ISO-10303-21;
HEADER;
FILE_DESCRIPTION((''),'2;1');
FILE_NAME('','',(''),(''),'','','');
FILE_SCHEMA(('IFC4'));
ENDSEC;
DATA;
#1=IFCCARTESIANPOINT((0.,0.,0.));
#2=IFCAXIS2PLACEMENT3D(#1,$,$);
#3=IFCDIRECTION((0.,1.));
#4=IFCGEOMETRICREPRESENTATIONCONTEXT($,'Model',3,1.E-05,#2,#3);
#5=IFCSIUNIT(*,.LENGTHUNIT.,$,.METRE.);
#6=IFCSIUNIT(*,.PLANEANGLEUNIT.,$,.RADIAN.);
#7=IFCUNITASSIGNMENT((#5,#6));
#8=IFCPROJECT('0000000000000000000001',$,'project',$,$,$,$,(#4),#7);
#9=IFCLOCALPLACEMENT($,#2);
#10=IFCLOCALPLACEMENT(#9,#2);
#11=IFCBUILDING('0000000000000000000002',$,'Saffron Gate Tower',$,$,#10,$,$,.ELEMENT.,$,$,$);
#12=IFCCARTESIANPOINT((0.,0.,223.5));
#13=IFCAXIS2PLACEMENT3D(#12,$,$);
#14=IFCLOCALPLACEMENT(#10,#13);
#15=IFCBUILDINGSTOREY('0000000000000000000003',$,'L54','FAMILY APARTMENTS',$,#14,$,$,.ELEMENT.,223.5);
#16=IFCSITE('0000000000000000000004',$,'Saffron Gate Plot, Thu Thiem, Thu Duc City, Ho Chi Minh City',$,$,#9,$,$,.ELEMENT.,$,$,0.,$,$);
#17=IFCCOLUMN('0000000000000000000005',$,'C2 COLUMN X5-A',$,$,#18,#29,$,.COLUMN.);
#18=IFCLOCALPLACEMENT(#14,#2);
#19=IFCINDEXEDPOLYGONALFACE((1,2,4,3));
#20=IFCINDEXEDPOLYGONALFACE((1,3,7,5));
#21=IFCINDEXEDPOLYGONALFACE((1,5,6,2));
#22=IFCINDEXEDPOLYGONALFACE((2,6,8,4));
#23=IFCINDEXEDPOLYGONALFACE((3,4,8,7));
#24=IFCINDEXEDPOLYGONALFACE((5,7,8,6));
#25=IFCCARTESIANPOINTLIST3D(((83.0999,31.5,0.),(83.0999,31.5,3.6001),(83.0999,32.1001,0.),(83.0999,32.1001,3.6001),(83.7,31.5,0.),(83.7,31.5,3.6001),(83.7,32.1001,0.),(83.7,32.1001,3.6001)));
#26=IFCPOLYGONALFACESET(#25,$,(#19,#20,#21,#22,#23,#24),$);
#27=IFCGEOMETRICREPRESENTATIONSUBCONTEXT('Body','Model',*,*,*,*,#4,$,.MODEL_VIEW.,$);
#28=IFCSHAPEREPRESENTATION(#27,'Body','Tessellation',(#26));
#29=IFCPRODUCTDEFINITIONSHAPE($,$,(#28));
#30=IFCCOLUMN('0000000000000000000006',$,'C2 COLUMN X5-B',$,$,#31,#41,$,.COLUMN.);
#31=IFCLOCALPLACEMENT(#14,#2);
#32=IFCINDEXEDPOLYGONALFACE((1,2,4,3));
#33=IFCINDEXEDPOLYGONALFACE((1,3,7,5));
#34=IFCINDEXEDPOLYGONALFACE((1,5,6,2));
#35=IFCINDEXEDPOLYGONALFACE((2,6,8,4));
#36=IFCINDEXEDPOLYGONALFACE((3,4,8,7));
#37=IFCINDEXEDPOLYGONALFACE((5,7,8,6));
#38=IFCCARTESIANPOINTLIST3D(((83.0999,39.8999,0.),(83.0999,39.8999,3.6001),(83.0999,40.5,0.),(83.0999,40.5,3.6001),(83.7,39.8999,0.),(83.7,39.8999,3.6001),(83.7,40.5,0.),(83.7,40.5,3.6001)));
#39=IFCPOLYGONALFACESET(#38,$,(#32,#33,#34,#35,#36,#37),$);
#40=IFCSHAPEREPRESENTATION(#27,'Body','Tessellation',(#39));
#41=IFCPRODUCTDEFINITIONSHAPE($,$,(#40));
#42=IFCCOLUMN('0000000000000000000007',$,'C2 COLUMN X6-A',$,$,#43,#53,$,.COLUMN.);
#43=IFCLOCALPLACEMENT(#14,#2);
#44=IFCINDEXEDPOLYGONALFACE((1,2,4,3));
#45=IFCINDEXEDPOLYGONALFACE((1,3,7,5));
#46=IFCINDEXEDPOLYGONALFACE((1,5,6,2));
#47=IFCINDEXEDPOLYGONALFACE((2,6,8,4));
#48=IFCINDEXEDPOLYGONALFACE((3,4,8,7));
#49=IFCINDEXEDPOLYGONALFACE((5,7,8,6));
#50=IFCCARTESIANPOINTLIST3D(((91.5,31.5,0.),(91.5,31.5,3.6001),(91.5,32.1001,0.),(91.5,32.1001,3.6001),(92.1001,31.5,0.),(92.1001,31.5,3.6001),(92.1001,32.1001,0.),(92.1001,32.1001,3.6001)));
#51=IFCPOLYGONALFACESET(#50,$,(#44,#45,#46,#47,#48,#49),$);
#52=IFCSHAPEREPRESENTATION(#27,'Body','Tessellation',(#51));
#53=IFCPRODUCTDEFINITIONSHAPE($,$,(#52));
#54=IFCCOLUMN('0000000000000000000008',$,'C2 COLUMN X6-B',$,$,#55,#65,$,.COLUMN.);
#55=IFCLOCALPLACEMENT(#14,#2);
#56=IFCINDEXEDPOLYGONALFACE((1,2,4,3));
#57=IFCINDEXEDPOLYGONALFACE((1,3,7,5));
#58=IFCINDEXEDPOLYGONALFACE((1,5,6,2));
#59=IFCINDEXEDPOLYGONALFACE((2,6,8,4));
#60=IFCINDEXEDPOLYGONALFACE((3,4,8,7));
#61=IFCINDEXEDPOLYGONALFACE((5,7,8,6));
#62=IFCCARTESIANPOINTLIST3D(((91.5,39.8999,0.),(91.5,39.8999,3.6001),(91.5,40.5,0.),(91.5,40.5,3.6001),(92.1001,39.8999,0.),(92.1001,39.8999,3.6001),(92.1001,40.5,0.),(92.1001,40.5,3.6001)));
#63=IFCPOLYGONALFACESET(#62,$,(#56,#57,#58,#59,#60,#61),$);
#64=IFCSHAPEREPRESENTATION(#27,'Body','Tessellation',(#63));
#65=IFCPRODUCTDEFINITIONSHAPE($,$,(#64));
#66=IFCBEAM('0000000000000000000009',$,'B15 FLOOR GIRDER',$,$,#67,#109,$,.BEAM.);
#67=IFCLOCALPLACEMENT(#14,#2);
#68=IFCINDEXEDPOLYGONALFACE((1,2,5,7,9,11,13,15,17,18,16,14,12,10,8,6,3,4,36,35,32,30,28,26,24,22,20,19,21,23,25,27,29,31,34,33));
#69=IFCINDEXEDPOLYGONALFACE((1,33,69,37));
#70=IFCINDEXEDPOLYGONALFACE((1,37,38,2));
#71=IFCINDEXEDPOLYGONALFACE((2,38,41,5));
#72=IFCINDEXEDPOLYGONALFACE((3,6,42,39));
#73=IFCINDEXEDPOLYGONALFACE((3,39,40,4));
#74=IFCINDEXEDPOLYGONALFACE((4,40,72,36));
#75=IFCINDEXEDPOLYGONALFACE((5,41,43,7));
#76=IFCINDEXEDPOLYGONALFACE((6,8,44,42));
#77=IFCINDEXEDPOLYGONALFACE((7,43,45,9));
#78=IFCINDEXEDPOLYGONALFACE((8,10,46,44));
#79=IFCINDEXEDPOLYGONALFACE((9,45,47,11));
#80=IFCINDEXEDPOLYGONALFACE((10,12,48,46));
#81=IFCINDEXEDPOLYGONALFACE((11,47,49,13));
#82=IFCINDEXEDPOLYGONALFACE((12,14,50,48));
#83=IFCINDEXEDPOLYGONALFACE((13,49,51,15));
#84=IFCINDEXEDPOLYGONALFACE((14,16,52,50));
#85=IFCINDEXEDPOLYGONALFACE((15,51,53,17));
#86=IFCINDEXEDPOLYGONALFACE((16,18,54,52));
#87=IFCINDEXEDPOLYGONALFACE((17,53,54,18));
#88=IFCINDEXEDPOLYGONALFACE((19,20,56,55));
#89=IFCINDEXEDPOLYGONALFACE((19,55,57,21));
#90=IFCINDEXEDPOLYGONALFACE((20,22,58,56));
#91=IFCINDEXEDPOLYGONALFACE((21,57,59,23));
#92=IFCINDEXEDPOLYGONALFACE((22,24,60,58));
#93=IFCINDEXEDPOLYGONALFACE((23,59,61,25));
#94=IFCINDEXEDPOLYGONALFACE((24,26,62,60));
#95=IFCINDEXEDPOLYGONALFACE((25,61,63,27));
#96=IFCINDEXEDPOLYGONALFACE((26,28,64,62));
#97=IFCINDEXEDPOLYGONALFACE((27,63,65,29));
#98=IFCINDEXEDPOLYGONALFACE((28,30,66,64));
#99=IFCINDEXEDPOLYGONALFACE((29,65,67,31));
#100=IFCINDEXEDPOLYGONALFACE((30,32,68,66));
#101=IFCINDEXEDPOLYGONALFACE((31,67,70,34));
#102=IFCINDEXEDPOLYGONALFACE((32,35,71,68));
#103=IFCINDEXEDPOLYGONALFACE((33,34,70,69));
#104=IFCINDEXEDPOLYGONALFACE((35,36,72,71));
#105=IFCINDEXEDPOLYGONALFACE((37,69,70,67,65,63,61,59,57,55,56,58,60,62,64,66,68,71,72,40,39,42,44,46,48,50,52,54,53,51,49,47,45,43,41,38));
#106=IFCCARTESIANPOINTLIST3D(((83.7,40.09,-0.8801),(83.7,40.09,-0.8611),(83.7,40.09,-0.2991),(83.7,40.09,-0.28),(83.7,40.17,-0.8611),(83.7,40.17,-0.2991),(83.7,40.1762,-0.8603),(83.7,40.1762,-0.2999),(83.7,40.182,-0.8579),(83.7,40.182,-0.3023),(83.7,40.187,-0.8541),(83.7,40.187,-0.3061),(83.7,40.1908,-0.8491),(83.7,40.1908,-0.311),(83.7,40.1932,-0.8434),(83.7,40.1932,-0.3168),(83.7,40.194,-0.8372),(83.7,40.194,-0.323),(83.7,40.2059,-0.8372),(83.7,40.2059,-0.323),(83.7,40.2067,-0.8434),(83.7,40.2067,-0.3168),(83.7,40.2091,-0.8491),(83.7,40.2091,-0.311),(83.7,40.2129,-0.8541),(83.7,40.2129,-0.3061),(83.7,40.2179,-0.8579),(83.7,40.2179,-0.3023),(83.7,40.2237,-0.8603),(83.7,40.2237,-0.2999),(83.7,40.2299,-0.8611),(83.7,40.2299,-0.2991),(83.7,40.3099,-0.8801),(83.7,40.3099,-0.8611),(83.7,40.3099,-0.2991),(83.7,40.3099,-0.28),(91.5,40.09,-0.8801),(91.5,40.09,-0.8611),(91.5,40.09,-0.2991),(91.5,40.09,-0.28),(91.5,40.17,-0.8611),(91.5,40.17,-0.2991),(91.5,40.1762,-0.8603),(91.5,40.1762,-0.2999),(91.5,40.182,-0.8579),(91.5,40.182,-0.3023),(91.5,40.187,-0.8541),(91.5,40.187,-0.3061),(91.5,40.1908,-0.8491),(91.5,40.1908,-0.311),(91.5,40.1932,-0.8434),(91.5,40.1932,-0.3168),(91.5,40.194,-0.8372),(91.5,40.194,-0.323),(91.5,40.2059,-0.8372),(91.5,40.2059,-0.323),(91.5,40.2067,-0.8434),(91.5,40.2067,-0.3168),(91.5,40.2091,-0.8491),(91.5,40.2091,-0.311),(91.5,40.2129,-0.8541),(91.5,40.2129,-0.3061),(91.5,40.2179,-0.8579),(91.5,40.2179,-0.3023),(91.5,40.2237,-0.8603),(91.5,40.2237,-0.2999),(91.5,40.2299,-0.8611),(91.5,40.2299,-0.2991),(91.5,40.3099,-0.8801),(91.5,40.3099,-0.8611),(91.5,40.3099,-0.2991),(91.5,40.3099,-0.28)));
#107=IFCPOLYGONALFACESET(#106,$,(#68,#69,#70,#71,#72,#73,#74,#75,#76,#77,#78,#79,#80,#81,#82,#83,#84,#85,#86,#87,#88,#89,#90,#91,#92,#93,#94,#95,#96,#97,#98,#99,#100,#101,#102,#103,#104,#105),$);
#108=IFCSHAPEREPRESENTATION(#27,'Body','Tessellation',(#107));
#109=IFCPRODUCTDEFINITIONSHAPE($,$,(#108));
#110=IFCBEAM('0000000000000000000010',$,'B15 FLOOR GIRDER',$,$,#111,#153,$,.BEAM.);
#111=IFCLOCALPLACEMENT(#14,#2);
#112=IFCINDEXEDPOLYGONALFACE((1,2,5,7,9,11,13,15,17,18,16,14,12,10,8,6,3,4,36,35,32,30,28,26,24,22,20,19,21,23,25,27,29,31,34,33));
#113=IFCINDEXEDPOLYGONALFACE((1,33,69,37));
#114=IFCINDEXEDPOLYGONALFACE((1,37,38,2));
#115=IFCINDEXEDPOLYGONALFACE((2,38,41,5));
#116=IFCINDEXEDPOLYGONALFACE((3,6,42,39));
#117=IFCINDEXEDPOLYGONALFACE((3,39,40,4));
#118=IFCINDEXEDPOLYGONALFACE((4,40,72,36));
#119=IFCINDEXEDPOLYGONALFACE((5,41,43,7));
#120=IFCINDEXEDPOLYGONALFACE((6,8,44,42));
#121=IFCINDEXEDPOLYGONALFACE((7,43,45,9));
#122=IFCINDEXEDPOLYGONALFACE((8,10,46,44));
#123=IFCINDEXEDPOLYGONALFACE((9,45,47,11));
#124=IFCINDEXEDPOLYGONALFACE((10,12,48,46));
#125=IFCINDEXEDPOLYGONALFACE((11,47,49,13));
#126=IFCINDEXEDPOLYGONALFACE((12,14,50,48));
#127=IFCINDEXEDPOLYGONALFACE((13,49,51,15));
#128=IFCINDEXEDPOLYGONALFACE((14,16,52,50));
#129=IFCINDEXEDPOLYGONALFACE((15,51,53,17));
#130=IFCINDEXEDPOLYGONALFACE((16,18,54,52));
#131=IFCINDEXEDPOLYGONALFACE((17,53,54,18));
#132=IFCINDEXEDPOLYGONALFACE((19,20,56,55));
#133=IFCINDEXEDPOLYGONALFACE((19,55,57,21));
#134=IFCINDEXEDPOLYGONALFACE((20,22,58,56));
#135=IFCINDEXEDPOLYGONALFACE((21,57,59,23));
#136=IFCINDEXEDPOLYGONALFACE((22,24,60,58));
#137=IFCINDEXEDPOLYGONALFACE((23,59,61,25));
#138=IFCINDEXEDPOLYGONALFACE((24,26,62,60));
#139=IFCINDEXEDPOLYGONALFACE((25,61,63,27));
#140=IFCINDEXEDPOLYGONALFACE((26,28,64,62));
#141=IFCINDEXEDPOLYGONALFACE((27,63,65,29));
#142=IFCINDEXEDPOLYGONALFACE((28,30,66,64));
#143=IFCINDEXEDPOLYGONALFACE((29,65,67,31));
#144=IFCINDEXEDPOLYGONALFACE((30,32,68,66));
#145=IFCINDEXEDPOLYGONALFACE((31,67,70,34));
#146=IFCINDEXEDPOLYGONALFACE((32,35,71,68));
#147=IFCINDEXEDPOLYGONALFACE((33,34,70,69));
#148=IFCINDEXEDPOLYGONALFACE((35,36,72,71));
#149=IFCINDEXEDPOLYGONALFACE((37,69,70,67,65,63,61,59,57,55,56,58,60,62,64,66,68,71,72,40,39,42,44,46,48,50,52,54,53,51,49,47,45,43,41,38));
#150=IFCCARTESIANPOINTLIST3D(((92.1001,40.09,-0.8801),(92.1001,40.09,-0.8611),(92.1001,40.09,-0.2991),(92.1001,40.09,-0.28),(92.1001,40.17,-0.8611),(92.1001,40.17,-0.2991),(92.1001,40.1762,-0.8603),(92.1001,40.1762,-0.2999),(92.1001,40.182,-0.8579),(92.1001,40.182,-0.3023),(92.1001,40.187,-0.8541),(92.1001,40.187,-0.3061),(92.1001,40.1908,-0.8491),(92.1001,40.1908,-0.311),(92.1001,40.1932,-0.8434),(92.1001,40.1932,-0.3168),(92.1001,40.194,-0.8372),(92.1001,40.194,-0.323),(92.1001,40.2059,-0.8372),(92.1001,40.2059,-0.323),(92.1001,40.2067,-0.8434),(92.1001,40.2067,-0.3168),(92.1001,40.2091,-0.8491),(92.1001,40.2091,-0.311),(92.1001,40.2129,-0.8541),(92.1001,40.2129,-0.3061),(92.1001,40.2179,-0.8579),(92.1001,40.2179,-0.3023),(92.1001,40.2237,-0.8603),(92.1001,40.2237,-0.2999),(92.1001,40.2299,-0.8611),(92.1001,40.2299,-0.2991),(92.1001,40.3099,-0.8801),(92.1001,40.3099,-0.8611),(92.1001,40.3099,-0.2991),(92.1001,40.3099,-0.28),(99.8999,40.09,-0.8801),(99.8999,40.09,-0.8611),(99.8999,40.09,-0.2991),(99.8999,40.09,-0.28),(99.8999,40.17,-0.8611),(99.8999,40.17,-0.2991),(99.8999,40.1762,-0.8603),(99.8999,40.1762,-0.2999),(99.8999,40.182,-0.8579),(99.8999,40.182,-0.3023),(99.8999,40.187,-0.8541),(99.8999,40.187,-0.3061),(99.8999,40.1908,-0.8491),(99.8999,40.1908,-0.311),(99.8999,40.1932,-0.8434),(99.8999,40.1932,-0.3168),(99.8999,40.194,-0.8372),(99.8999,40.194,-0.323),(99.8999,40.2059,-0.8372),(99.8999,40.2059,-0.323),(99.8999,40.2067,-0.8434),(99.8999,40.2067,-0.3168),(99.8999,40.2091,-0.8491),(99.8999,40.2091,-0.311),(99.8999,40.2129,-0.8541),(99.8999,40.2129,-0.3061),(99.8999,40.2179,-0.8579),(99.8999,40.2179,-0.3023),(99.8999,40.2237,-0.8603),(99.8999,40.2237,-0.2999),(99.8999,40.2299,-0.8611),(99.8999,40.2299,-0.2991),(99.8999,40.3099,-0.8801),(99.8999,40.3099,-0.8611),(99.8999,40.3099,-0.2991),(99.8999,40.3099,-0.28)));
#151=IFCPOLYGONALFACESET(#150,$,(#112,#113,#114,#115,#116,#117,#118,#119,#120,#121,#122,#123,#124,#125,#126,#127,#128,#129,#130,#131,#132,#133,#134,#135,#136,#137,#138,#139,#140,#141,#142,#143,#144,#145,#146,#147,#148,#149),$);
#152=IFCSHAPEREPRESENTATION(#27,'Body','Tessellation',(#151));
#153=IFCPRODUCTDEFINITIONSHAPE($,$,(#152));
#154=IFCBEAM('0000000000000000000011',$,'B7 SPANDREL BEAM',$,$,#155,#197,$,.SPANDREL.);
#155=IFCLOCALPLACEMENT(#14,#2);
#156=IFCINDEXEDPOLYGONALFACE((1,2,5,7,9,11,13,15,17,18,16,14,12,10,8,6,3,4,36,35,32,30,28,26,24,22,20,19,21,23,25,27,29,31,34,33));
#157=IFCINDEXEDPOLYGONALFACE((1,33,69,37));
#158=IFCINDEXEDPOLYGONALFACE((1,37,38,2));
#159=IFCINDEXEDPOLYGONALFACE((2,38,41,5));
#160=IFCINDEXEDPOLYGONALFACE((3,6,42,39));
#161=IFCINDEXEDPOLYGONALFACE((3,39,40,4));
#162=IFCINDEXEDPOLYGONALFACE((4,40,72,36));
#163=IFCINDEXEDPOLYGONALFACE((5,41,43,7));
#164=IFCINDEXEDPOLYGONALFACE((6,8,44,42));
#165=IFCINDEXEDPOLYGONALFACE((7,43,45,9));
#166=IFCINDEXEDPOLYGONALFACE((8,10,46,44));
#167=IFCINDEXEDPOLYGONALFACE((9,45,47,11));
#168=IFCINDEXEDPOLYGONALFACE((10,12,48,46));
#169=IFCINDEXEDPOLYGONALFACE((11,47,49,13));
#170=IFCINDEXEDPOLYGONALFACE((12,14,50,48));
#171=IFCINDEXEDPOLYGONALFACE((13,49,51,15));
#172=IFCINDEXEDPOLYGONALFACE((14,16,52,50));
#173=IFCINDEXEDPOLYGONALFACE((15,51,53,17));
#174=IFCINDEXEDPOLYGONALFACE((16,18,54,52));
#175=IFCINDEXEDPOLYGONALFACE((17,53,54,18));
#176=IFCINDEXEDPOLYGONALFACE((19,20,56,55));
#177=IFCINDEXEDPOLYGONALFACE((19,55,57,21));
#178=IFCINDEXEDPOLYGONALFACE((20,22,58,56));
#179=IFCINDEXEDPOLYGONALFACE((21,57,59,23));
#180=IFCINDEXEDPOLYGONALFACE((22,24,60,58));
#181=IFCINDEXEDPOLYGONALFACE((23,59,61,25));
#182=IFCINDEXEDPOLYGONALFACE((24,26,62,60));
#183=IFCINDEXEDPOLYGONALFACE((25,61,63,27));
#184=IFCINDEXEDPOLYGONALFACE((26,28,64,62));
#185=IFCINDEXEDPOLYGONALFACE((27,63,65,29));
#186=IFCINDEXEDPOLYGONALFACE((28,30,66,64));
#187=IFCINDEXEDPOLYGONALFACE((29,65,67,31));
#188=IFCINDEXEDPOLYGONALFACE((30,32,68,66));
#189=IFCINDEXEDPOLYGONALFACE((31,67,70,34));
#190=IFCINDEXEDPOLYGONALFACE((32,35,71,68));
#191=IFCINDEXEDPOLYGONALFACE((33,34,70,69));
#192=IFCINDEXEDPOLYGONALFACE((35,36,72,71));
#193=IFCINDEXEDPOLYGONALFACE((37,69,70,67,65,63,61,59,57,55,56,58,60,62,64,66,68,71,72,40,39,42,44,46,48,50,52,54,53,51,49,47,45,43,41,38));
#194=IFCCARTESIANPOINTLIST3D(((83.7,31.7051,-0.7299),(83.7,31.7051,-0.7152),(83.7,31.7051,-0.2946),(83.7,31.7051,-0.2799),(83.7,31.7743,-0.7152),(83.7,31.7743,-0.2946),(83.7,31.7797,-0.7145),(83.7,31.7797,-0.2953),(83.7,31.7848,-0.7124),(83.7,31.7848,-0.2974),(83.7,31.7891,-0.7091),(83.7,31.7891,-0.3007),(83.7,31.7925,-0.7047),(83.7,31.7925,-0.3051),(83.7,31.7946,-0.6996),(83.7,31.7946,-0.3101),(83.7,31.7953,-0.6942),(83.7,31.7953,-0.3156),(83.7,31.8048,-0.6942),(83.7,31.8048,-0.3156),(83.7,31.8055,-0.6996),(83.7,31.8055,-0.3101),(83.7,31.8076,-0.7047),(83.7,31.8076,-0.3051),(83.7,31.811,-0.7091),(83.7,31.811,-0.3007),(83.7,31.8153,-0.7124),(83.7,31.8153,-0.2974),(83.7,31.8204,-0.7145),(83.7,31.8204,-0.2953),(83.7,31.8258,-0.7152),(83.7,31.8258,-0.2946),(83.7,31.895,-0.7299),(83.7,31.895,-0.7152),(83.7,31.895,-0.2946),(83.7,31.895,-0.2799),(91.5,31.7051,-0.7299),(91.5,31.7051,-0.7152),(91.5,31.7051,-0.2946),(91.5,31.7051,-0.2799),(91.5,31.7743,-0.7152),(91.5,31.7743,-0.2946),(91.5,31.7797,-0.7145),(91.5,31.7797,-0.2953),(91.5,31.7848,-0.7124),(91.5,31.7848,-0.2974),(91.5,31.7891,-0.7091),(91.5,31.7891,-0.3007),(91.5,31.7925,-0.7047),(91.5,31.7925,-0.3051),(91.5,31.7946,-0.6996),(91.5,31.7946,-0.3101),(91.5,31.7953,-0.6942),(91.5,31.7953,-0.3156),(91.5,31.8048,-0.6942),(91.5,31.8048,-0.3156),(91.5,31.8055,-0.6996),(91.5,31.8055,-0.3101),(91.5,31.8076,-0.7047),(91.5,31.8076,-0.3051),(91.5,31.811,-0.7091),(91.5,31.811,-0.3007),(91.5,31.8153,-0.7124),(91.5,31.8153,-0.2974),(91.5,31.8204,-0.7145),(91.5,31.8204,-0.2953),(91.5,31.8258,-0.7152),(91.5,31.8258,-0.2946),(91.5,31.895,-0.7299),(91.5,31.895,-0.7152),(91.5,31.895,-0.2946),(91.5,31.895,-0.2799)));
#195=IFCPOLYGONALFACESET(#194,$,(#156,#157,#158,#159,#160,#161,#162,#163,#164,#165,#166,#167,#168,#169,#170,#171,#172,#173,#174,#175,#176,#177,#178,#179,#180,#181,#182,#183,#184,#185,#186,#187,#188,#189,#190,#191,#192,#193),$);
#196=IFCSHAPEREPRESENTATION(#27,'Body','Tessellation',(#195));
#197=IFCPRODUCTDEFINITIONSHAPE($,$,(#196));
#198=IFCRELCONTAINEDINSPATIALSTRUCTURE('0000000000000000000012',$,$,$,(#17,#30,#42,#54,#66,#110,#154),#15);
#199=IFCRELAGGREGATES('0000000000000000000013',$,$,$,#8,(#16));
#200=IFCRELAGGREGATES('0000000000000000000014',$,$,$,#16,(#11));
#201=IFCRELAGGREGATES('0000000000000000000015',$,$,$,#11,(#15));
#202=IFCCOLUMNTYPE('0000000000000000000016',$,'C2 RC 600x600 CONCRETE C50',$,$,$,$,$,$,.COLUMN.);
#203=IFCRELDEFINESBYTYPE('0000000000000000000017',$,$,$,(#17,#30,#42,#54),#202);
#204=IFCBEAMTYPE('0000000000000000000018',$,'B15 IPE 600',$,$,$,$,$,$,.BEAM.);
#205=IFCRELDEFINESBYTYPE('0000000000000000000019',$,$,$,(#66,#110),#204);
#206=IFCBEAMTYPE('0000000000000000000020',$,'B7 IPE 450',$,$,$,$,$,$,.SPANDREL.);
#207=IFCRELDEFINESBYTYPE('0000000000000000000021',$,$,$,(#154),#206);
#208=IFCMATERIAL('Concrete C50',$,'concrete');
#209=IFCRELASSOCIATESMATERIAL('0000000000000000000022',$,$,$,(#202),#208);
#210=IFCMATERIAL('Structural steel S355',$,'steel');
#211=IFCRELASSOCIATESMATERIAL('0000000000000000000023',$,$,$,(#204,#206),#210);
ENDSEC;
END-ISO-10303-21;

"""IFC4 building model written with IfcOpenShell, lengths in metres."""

from ifc_helpers import new_model, si_unit, direction, frame, origin, origin_2d, place, context, subcontext, project, spatial, rectangle, i_section, extrude, material, material_profile, profile_set, type_object, element, save


model = new_model("IFC4")

# Units and contexts
model_context = context("Model", 3, precision=1e-05, world=origin(), true_north=direction((0.0, 1.0)))
body_context = subcontext(model_context, "Body", "Model", "MODEL_VIEW")
ifc_project = project(units=[si_unit("LENGTHUNIT", "METRE"), si_unit("PLANEANGLEUNIT", "RADIAN")], contexts=[model_context])

# Site, building, storey
site_placement = place(None, origin())
site = spatial("IfcSite", under=ifc_project, at=site_placement, Name="Saffron Gate Plot, Thu Thiem, Thu Duc City, Ho Chi Minh City", CompositionType="ELEMENT", RefElevation=0.0)
building_placement = place(site_placement, origin())
building = spatial("IfcBuilding", under=site, at=building_placement, Name="Saffron Gate Tower", CompositionType="ELEMENT")
storey_placement = place(building_placement, frame((0.0, 0.0, 223.5)))
storey = spatial("IfcBuildingStorey", under=building, at=storey_placement, Name="L54", Description="FAMILY APARTMENTS", CompositionType="ELEMENT", Elevation=223.5)

# Columns
ifc_material_1 = material(Name="Concrete C50", Category="concrete")
ifc_material_profile_1 = material_profile(ifc_material_1, rectangle(XDim=0.6001, YDim=0.6001, at=origin_2d()))
ifc_profile_set_1 = profile_set([ifc_material_profile_1], Name="Concrete C50")
column_type = type_object("IfcColumnType", Name="C2 RC 600x600 CONCRETE C50", PredefinedType="COLUMN", material=ifc_profile_set_1)
for number, where, z_axis, x_axis, name in (
    (1, (83.3999, 31.8, 0.0), (0.0, 0.0, 1.0), (1.0, 0.0, 0.0), "C2 COLUMN X5-A"),
    (2, (83.3999, 40.2, 0.0), (0.0, 0.0, 1.0), (1.0, 0.0, 0.0), "C2 COLUMN X5-B"),
    (3, (91.8, 31.8, 0.0), (0.0, 0.0, 1.0), (1.0, 0.0, 0.0), "C2 COLUMN X6-A"),
    (4, (91.8, 40.2, 0.0), (0.0, 0.0, 1.0), (1.0, 0.0, 0.0), "C2 COLUMN X6-B"),
):
    element("IfcColumn", number, at=place(storey_placement, frame(where, z_axis=z_axis, x_axis=x_axis)), inside=storey, type_object=column_type, Name=name, PredefinedType="COLUMN", context=body_context, shape_type="SweptSolid", body=[
        extrude(rectangle(XDim=0.6001, YDim=0.6001, at=origin_2d()), origin(), (0.0, 0.0, 1.0), 3.6001),
    ])

# Beams
ifc_material_2 = material(Name="Structural steel S355", Category="steel")
ifc_material_profile_2 = material_profile(ifc_material_2, i_section(OverallWidth=0.22, OverallDepth=0.6001, WebThickness=0.012, FlangeThickness=0.019, FilletRadius=0.0239, at=origin_2d()))
ifc_profile_set_2 = profile_set([ifc_material_profile_2], Name="Structural steel S355")
beam_type_1 = type_object("IfcBeamType", Name="B15 IPE 600", PredefinedType="BEAM", material=ifc_profile_set_2)
beam_1_placement = place(storey_placement, frame((83.7, 40.2, -0.5801), z_axis=(1.0, 0.0, 0.0), x_axis=(0.0, 1.0, 0.0)))
element("IfcBeam", 5, at=beam_1_placement, inside=storey, type_object=beam_type_1, Name="B15 FLOOR GIRDER", PredefinedType="BEAM", context=body_context, shape_type="SweptSolid", body=[
    extrude(i_section(OverallWidth=0.22, OverallDepth=0.6001, WebThickness=0.012, FlangeThickness=0.019, FilletRadius=0.0239, at=origin_2d()), origin(), (0.0, 0.0, 1.0), 7.8),
])
beam_2_placement = place(storey_placement, frame((92.1001, 40.2, -0.5801), z_axis=(1.0, 0.0, 0.0), x_axis=(0.0, 1.0, 0.0)))
element("IfcBeam", 6, at=beam_2_placement, inside=storey, type_object=beam_type_1, Name="B15 FLOOR GIRDER", PredefinedType="BEAM", context=body_context, shape_type="SweptSolid", body=[
    extrude(i_section(OverallWidth=0.22, OverallDepth=0.6001, WebThickness=0.012, FlangeThickness=0.019, FilletRadius=0.0239, at=origin_2d()), origin(), (0.0, 0.0, 1.0), 7.7998),
])
ifc_material_profile_3 = material_profile(ifc_material_2, i_section(OverallWidth=0.1899, OverallDepth=0.45, WebThickness=0.0095, FlangeThickness=0.0146, FilletRadius=0.021, at=origin_2d()))
ifc_profile_set_3 = profile_set([ifc_material_profile_3], Name="Structural steel S355")
beam_type_2 = type_object("IfcBeamType", Name="B7 IPE 450", PredefinedType="SPANDREL", material=ifc_profile_set_3)
beam_3_placement = place(storey_placement, frame((83.7, 31.8, -0.5049), z_axis=(1.0, 0.0, 0.0), x_axis=(0.0, 1.0, 0.0)))
element("IfcBeam", 7, at=beam_3_placement, inside=storey, type_object=beam_type_2, Name="B7 SPANDREL BEAM", PredefinedType="SPANDREL", context=body_context, shape_type="SweptSolid", body=[
    extrude(i_section(OverallWidth=0.1899, OverallDepth=0.45, WebThickness=0.0095, FlangeThickness=0.0146, FilletRadius=0.021, at=origin_2d()), origin(), (0.0, 0.0, 1.0), 7.8),
])

save(model, "model.ifc")
